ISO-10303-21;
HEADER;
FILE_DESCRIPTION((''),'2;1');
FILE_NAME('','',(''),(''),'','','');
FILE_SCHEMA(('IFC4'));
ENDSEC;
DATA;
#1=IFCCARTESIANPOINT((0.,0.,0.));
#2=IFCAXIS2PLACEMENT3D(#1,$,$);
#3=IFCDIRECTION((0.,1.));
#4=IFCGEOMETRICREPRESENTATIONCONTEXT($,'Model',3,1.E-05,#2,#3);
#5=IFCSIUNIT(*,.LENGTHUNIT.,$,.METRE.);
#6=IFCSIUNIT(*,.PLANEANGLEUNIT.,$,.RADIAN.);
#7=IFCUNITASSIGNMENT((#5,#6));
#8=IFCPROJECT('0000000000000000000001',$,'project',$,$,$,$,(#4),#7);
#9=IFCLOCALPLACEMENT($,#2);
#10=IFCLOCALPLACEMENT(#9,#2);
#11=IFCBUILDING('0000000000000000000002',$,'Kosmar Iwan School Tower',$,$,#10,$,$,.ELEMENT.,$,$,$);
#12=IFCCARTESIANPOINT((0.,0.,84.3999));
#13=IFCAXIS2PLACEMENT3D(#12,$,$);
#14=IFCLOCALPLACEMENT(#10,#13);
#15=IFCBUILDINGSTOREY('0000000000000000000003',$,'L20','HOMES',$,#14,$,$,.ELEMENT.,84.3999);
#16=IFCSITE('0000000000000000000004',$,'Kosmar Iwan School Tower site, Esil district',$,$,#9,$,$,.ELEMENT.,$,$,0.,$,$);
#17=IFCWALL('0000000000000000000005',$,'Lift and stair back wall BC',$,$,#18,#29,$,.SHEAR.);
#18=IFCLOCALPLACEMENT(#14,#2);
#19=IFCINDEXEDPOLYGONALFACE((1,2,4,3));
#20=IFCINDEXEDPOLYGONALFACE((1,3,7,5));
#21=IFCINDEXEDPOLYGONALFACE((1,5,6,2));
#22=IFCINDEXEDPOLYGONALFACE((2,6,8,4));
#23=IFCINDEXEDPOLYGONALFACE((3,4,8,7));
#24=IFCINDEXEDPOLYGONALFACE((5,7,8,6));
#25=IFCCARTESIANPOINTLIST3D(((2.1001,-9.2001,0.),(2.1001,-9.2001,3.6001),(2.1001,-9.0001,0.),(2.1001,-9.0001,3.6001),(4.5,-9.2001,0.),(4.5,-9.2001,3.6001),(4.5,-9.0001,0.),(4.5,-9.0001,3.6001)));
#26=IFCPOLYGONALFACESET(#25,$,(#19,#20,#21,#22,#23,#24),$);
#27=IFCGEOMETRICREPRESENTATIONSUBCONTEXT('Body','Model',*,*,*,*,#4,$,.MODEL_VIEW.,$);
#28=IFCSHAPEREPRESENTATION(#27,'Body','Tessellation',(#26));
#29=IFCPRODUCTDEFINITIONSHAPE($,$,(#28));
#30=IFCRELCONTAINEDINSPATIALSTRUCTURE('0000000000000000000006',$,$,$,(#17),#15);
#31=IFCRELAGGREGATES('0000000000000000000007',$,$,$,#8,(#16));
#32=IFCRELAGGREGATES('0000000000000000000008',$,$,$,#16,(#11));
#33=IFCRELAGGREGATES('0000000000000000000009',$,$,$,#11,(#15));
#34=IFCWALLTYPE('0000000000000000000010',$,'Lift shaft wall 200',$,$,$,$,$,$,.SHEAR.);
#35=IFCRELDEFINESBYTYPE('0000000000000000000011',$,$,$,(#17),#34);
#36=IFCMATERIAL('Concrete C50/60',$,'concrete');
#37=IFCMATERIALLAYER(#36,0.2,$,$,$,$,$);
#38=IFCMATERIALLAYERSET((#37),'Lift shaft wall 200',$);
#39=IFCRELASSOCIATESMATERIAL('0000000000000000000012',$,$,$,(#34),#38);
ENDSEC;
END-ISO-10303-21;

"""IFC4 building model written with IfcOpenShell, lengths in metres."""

from ifc_helpers import new_model, si_unit, direction, frame, frame_2d, origin, place, context, subcontext, project, spatial, rectangle, extrude, material, layer, layer_set, type_object, element, save


model = new_model("IFC4")

# Units and contexts
model_context = context("Model", 3, precision=1e-05, world=origin(), true_north=direction((0.0, 1.0)))
body_context = subcontext(model_context, "Body", "Model", "MODEL_VIEW")
ifc_project = project(units=[si_unit("LENGTHUNIT", "METRE"), si_unit("PLANEANGLEUNIT", "RADIAN")], contexts=[model_context])

# Site, building, storey
site_placement = place(None, origin())
site = spatial("IfcSite", under=ifc_project, at=site_placement, Name="Kosmar Iwan School Tower site, Esil district", CompositionType="ELEMENT", RefElevation=0.0)
building_placement = place(site_placement, origin())
building = spatial("IfcBuilding", under=site, at=building_placement, Name="Kosmar Iwan School Tower", CompositionType="ELEMENT")
storey_placement = place(building_placement, frame((0.0, 0.0, 84.3999)))
storey = spatial("IfcBuildingStorey", under=building, at=storey_placement, Name="L20", Description="HOMES", CompositionType="ELEMENT", Elevation=84.3999)

# Wall
ifc_material_1 = material(Name="Concrete C50/60", Category="concrete")
ifc_layer_1 = layer(ifc_material_1, 0.2)
ifc_layer_set_1 = layer_set([ifc_layer_1], Name="Lift shaft wall 200")
wall_type_1 = type_object("IfcWallType", Name="Lift shaft wall 200", PredefinedType="SHEAR", material=ifc_layer_set_1)
wall_1_placement = place(storey_placement, frame((2.1001, -9.1001, 0.0), z_axis=(0.0, 0.0, 1.0), x_axis=(1.0, 0.0, 0.0)))
element("IfcWall", 1, at=wall_1_placement, inside=storey, type_object=wall_type_1, Name="Lift and stair back wall BC", PredefinedType="SHEAR", context=body_context, shape_type="SweptSolid", body=[
    extrude(rectangle(XDim=2.3999, YDim=0.2, at=frame_2d((1.2, 0.0))), origin(), (0.0, 0.0, 1.0), 3.6001),
])

save(model, "model.ifc")
